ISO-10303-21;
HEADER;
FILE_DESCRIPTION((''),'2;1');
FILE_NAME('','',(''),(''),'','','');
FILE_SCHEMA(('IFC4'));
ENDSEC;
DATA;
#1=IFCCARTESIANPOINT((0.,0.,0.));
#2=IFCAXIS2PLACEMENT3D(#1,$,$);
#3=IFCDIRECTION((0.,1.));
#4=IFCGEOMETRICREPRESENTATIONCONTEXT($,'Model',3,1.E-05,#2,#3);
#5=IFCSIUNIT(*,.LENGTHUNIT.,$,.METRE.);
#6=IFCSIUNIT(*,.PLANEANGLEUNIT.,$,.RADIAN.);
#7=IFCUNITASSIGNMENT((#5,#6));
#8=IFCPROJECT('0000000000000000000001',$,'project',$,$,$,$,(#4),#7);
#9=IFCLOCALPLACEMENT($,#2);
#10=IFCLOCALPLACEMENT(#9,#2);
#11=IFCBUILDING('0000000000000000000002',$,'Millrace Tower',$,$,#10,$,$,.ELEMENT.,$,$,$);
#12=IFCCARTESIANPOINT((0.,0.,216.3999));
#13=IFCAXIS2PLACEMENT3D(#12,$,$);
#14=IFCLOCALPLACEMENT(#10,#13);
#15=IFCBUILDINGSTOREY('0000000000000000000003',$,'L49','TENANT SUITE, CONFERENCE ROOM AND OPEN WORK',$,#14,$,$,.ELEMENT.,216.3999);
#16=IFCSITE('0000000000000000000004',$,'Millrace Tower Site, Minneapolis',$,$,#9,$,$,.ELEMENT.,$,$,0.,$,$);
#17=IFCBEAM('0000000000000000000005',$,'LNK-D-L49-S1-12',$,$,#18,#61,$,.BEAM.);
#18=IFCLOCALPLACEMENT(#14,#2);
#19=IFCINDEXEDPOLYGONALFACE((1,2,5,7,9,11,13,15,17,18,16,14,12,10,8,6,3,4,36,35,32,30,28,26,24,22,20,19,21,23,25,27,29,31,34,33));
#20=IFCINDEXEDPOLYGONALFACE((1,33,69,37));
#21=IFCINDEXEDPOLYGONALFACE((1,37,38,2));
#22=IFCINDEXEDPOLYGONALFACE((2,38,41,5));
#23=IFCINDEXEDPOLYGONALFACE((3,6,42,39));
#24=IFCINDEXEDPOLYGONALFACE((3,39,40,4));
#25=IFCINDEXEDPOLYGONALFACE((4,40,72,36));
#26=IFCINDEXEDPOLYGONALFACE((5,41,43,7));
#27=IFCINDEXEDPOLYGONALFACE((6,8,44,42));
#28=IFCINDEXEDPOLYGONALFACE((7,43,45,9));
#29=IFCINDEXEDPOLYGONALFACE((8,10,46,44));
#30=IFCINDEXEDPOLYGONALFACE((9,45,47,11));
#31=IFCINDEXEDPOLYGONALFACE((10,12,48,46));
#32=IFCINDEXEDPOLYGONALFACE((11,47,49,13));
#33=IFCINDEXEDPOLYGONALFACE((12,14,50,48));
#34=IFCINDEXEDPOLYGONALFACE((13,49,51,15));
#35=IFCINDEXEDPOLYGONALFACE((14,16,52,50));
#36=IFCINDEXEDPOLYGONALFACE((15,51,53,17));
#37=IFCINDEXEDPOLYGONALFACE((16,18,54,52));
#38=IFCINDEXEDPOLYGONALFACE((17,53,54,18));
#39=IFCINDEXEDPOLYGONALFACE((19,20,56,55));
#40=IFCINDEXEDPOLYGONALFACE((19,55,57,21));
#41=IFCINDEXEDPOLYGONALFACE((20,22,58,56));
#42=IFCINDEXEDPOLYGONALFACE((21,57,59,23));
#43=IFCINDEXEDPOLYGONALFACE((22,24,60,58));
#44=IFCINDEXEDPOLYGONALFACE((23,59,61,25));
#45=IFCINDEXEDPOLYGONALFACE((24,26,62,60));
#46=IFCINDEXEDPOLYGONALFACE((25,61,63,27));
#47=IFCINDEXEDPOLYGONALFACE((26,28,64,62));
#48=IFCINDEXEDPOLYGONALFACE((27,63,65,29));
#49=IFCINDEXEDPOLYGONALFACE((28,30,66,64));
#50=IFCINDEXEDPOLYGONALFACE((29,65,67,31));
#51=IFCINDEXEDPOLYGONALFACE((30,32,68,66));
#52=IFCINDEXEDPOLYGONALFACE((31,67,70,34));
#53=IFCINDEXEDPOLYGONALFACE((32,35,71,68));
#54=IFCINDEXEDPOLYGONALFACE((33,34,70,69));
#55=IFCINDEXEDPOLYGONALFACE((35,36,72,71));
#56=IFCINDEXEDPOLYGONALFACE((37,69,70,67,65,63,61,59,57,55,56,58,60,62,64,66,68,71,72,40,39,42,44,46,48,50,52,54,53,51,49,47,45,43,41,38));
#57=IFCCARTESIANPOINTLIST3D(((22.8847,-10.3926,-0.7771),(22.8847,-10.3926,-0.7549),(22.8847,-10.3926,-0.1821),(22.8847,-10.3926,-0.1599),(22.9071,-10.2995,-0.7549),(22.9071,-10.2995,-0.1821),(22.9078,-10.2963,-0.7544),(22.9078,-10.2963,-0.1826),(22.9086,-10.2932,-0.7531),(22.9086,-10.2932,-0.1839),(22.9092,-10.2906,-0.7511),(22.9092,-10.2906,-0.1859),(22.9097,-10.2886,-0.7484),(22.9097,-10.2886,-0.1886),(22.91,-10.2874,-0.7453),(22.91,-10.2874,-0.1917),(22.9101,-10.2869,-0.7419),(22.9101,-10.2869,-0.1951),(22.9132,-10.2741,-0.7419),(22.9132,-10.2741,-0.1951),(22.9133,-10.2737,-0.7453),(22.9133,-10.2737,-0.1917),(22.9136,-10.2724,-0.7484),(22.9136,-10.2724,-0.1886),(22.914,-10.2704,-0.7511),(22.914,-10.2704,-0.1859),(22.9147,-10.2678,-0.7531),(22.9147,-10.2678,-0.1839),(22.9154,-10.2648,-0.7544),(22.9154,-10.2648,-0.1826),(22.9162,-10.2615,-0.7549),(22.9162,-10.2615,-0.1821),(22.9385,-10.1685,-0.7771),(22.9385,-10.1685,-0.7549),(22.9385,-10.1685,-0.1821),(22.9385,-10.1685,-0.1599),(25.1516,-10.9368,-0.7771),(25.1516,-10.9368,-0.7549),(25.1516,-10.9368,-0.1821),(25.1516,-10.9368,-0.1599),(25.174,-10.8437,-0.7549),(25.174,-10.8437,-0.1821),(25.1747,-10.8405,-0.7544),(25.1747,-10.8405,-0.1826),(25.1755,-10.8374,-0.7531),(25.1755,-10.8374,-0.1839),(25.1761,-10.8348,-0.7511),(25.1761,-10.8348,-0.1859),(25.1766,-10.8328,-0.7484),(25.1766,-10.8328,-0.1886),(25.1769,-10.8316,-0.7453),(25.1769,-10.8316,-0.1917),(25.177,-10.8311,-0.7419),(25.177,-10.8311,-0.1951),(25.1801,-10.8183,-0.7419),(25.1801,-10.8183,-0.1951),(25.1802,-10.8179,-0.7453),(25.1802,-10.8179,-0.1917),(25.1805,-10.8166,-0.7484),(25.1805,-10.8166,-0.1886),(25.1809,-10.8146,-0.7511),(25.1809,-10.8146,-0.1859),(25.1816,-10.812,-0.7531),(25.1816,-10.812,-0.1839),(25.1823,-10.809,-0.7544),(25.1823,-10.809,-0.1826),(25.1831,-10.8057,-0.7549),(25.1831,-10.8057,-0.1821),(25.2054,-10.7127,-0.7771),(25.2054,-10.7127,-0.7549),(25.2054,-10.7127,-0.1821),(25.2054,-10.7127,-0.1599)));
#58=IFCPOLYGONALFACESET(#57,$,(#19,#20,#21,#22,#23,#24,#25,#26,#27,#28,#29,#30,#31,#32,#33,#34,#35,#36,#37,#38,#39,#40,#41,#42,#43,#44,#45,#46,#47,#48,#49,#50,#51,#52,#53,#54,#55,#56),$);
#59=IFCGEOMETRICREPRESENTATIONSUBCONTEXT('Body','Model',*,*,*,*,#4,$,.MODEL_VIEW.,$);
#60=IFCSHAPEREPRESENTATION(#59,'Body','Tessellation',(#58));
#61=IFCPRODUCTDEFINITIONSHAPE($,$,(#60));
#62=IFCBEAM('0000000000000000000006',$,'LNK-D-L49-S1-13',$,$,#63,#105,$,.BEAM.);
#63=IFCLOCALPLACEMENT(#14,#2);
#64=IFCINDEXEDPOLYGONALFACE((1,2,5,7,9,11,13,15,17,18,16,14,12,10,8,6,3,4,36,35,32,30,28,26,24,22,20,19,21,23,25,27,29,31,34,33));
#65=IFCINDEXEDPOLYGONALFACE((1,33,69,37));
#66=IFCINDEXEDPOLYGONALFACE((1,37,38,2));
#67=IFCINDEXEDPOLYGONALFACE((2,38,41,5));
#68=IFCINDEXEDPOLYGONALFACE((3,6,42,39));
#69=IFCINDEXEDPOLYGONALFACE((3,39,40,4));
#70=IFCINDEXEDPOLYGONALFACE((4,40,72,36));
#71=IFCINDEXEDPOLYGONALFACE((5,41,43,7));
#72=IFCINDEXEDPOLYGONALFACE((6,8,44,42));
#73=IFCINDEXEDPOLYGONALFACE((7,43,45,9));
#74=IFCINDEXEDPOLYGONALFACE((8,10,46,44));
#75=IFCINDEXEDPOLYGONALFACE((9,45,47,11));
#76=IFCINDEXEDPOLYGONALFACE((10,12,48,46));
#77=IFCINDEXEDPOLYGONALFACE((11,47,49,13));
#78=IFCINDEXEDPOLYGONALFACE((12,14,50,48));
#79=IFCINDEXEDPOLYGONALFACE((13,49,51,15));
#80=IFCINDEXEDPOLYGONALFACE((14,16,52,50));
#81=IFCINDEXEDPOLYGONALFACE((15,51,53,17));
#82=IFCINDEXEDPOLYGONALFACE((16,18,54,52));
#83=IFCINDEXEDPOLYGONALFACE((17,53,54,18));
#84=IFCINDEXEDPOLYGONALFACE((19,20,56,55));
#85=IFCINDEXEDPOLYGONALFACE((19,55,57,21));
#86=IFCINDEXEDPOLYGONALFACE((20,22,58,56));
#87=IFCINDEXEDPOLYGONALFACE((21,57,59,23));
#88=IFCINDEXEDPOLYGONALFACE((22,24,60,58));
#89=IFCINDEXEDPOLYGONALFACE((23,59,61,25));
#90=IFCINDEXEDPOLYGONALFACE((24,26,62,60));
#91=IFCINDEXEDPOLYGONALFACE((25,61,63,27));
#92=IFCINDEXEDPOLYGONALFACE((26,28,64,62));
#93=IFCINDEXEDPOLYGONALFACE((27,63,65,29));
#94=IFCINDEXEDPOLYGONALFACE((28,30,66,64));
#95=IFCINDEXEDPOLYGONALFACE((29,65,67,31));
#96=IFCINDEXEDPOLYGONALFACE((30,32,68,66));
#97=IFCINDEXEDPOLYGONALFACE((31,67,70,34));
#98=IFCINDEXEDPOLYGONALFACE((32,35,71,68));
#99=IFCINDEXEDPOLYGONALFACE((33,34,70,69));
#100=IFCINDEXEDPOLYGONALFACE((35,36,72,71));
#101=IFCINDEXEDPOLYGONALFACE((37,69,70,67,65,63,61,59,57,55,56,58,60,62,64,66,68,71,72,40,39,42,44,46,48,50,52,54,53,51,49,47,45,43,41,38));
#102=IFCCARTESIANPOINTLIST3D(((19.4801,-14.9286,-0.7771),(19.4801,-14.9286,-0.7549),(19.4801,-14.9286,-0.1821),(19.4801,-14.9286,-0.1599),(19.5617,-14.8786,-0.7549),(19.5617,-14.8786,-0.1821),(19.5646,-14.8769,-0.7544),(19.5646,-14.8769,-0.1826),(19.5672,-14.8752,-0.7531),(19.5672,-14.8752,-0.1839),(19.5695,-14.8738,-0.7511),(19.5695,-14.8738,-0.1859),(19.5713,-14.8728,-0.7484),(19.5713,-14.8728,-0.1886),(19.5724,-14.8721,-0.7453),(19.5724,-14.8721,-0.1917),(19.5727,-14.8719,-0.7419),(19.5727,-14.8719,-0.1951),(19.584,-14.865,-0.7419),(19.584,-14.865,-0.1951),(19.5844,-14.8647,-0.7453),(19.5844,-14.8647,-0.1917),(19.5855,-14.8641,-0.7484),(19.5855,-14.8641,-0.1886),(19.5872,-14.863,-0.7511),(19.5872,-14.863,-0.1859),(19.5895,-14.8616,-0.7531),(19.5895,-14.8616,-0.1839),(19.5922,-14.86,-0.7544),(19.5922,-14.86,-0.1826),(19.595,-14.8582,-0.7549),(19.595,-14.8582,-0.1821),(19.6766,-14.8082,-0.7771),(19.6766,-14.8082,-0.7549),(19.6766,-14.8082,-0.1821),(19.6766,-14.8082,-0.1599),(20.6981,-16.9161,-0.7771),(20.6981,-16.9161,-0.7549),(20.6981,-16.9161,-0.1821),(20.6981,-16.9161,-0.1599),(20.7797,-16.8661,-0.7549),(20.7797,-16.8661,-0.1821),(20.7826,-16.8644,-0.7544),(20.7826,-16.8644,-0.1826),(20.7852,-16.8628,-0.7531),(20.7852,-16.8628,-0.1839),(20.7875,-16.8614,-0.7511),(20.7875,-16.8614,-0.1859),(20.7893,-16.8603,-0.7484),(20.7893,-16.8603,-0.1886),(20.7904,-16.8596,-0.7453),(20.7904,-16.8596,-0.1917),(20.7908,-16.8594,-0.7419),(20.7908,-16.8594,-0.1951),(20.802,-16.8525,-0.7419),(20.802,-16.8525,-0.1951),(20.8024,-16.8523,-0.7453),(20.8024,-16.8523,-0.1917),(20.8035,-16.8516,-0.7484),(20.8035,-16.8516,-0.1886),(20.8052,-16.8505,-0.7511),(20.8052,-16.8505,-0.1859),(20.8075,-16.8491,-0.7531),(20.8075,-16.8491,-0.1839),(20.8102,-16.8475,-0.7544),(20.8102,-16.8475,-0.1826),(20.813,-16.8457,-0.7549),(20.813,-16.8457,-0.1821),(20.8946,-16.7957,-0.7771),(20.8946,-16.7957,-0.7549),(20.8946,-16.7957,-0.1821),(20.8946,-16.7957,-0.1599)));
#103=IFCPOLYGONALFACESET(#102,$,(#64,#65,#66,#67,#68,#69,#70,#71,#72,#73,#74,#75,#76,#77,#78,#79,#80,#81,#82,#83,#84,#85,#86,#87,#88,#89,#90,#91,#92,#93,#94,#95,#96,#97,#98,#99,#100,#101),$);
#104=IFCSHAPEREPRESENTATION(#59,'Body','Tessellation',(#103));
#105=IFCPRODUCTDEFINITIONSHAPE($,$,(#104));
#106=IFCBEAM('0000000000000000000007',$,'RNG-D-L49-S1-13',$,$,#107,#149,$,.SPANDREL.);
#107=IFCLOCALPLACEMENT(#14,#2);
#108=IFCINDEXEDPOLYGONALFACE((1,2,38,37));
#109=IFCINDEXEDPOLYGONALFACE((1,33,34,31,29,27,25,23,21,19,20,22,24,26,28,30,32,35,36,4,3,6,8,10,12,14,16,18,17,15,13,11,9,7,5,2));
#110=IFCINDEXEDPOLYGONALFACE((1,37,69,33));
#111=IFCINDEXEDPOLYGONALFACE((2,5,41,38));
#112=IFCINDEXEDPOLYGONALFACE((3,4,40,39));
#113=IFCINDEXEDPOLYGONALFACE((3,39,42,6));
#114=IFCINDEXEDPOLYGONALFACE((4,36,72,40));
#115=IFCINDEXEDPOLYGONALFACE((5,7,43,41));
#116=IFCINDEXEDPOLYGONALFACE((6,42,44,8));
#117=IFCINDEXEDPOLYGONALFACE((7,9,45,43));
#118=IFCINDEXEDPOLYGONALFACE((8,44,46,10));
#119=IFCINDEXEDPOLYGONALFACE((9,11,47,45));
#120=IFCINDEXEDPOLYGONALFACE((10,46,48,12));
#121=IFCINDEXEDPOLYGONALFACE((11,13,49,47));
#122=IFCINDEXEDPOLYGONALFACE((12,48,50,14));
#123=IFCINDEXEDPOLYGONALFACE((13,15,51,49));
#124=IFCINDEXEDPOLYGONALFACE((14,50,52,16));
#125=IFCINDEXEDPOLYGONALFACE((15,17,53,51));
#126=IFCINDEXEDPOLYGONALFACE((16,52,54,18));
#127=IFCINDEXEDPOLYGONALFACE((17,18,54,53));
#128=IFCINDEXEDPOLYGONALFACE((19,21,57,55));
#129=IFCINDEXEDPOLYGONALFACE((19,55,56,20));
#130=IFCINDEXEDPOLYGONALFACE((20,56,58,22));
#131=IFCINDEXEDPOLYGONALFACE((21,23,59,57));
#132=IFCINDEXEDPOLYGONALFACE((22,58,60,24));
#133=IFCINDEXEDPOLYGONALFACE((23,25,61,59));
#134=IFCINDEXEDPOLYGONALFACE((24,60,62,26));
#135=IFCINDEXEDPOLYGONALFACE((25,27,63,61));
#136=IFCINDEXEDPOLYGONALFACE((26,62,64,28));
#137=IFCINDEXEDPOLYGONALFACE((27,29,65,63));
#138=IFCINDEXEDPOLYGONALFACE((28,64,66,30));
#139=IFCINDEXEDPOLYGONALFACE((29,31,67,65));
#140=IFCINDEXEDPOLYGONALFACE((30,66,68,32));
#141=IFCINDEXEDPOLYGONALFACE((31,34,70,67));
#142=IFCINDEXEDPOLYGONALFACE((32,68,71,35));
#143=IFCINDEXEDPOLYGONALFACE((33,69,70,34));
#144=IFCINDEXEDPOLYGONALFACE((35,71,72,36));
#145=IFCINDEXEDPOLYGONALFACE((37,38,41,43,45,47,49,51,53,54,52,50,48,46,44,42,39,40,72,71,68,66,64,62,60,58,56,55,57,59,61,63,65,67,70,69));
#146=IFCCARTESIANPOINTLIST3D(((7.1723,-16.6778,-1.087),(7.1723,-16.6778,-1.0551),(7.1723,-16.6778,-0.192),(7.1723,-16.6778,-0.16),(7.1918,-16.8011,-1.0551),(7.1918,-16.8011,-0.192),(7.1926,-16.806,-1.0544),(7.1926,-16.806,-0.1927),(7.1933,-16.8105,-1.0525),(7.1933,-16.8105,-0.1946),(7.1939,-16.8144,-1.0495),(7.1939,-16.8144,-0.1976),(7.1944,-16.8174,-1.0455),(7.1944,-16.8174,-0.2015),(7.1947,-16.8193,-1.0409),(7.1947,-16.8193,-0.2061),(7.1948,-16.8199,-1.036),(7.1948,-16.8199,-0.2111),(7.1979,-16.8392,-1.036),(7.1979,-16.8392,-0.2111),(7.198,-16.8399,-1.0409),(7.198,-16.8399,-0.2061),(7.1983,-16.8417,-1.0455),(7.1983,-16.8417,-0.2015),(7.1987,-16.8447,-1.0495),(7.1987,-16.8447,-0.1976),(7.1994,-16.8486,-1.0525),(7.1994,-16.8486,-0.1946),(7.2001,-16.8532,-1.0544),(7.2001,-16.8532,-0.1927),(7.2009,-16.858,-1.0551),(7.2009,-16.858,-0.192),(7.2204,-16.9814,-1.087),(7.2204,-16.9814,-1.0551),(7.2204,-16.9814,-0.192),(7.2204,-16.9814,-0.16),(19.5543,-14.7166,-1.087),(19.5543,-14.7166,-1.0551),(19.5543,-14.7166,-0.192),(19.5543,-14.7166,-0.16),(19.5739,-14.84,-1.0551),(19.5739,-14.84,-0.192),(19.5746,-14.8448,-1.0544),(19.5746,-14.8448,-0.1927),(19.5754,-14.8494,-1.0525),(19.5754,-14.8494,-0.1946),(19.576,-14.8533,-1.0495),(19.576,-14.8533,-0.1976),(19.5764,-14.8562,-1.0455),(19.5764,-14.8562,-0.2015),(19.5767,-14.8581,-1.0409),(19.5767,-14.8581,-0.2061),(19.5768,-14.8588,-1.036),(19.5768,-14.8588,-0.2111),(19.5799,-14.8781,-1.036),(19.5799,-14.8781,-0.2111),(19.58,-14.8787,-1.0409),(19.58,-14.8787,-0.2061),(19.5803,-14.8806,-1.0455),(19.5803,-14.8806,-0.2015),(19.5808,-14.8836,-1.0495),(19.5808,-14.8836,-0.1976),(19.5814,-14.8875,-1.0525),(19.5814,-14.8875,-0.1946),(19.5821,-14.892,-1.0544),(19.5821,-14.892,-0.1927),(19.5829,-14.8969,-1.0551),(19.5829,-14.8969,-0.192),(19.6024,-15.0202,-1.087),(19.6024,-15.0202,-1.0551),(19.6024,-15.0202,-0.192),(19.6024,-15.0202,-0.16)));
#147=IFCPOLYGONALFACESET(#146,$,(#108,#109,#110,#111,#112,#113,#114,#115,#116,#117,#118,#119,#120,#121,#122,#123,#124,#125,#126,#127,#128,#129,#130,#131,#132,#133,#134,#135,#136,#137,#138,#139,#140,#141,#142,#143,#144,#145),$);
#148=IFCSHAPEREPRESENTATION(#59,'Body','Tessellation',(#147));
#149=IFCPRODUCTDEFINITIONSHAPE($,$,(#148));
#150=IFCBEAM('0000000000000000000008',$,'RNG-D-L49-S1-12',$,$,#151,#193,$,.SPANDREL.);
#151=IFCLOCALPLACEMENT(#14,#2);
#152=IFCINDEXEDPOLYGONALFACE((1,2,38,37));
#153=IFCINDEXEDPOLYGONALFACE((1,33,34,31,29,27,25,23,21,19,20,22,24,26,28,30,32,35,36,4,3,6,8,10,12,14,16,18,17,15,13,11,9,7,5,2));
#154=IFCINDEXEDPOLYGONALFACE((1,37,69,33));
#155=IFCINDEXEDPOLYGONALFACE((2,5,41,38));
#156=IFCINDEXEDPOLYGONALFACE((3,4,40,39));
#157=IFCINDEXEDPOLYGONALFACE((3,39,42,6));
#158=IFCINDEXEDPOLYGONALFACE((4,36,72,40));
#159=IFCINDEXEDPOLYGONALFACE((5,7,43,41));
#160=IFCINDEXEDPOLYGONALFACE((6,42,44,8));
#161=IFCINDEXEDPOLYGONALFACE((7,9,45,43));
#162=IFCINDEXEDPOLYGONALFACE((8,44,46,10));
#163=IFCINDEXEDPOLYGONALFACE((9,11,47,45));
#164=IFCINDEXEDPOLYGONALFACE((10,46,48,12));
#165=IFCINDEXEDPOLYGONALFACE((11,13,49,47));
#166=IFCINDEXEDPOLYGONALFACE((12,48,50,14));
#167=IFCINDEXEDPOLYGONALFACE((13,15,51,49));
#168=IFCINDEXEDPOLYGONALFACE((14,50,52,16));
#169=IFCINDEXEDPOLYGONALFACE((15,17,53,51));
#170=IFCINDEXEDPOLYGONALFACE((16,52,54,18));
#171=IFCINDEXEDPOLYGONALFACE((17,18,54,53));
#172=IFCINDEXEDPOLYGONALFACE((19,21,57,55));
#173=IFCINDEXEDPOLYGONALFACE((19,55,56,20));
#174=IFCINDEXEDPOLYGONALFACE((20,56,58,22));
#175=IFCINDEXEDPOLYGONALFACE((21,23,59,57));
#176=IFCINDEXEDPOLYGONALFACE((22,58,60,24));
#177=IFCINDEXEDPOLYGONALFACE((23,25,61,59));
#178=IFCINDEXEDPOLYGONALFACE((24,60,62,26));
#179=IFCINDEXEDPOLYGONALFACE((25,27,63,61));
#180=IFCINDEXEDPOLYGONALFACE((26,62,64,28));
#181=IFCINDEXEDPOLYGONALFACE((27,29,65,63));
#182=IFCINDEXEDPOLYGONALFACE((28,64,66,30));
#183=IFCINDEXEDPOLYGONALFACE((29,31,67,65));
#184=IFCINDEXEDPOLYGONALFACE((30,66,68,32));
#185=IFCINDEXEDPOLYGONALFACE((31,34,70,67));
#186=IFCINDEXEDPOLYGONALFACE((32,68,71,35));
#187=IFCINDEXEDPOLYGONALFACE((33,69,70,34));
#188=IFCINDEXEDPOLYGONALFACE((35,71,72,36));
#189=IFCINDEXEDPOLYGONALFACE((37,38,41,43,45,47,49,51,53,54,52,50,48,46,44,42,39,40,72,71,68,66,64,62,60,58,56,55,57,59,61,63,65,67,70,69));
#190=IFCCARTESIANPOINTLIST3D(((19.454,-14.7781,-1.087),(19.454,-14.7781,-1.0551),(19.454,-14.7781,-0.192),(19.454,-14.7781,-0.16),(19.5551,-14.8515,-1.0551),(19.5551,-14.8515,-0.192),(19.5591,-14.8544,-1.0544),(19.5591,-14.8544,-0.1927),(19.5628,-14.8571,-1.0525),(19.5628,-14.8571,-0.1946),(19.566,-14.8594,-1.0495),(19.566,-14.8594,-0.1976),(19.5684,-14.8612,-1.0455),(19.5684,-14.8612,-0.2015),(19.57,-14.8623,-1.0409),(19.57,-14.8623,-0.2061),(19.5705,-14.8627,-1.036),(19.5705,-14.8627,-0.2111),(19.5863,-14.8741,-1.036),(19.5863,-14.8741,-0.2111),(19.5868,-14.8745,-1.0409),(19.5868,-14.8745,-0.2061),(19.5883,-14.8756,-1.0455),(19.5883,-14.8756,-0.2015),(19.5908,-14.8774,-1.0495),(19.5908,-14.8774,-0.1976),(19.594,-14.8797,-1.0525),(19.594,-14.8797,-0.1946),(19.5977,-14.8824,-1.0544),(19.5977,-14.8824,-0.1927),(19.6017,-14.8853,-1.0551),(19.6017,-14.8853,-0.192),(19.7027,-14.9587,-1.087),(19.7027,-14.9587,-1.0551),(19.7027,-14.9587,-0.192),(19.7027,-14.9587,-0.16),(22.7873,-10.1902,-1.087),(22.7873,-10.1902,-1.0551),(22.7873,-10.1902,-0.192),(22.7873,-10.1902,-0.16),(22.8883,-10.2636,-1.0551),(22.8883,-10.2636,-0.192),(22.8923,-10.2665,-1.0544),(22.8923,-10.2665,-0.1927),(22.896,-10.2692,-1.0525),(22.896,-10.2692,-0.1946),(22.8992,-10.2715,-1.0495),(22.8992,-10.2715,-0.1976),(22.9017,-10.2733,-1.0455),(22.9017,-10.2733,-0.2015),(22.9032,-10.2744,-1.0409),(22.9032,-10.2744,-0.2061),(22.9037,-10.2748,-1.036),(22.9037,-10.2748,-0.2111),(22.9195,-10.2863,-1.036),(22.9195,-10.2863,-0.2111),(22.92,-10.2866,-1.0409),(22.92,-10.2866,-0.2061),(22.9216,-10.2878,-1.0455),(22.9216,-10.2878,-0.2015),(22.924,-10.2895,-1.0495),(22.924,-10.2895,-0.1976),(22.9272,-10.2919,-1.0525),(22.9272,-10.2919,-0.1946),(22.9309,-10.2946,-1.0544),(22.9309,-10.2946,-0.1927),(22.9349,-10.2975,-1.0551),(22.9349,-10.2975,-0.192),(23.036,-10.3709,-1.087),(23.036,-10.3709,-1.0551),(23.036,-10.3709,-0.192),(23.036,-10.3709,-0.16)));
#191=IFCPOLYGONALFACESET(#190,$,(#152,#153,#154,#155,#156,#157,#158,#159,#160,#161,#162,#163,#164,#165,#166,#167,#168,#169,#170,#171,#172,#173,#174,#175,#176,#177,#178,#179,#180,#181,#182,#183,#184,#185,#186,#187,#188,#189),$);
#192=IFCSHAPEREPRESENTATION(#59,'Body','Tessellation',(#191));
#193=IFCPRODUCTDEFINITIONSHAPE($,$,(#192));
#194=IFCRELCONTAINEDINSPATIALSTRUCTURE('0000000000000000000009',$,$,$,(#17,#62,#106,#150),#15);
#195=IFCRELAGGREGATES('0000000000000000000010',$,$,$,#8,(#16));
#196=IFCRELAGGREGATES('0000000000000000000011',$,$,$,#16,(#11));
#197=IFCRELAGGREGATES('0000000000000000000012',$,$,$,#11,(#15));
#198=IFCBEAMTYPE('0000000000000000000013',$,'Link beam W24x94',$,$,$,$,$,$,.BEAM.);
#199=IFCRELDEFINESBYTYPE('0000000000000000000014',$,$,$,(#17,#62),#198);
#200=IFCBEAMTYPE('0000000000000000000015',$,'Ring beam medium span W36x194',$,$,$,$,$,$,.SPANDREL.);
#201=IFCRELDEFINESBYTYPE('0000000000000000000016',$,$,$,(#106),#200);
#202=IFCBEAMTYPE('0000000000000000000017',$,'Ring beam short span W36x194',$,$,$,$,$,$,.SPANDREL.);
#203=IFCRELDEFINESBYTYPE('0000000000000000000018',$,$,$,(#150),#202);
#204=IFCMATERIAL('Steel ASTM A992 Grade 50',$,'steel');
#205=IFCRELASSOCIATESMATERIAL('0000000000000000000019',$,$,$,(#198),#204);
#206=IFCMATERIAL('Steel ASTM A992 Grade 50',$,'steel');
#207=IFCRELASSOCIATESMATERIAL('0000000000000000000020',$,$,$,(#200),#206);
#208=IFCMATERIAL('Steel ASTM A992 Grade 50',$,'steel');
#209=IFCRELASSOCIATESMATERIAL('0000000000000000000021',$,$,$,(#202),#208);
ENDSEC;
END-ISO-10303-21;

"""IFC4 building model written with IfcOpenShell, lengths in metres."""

from ifc_helpers import new_model, si_unit, direction, frame, origin, origin_2d, place, context, subcontext, project, spatial, i_section, extrude, material, material_profile, profile_set, type_object, element, save


model = new_model("IFC4")

# Units and contexts
model_context = context("Model", 3, precision=1e-05, world=origin(), true_north=direction((0.0, 1.0)))
body_context = subcontext(model_context, "Body", "Model", "MODEL_VIEW")
ifc_project = project(units=[si_unit("LENGTHUNIT", "METRE"), si_unit("PLANEANGLEUNIT", "RADIAN")], contexts=[model_context])

# Site, building, storey
site_placement = place(None, origin())
site = spatial("IfcSite", under=ifc_project, at=site_placement, Name="Millrace Tower Site, Minneapolis", CompositionType="ELEMENT", RefElevation=0.0)
building_placement = place(site_placement, origin())
building = spatial("IfcBuilding", under=site, at=building_placement, Name="Millrace Tower", CompositionType="ELEMENT")
storey_placement = place(building_placement, frame((0.0, 0.0, 216.3999)))
storey = spatial("IfcBuildingStorey", under=building, at=storey_placement, Name="L49", Description="TENANT SUITE, CONFERENCE ROOM AND OPEN WORK", CompositionType="ELEMENT", Elevation=216.3999)

# Beams
ifc_material_1 = material(Name="Steel ASTM A992 Grade 50", Category="steel")
ifc_material_profile_1 = material_profile(ifc_material_1, i_section(OverallWidth=0.2305, OverallDepth=0.6172, WebThickness=0.0132, FlangeThickness=0.0222, FilletRadius=0.0129, at=origin_2d()))
ifc_profile_set_1 = profile_set([ifc_material_profile_1], Name="Steel ASTM A992 Grade 50")
beam_type_1 = type_object("IfcBeamType", Name="Link beam W24x94", PredefinedType="BEAM", material=ifc_profile_set_1)
beam_1_placement = place(storey_placement, frame((22.9116, -10.2805, -0.4685), z_axis=(0.972373, -0.233432, 0.0), x_axis=(0.233432, 0.972373, 0.0)))
element("IfcBeam", 1, at=beam_1_placement, inside=storey, type_object=beam_type_1, Name="LNK-D-L49-S1-12", PredefinedType="BEAM", context=body_context, shape_type="SweptSolid", body=[
    extrude(i_section(OverallWidth=0.2305, OverallDepth=0.6172, WebThickness=0.0132, FlangeThickness=0.0222, FilletRadius=0.0129, at=origin_2d()), origin(), (0.0, 0.0, 1.0), 2.3313),
])
beam_2_placement = place(storey_placement, frame((19.5784, -14.8684, -0.4685), z_axis=(0.522513, -0.852631, 0.0), x_axis=(0.852631, 0.522513, 0.0)))
element("IfcBeam", 2, at=beam_2_placement, inside=storey, type_object=beam_type_1, Name="LNK-D-L49-S1-13", PredefinedType="BEAM", context=body_context, shape_type="SweptSolid", body=[
    extrude(i_section(OverallWidth=0.2305, OverallDepth=0.6172, WebThickness=0.0132, FlangeThickness=0.0222, FilletRadius=0.0129, at=origin_2d()), origin(), (0.0, 0.0, 1.0), 2.3311),
])
ifc_material_2 = material(Name="Steel ASTM A992 Grade 50", Category="steel")
ifc_material_profile_2 = material_profile(ifc_material_2, i_section(OverallWidth=0.3074, OverallDepth=0.927, WebThickness=0.0195, FlangeThickness=0.032, FilletRadius=0.019, at=origin_2d()))
ifc_profile_set_2 = profile_set([ifc_material_profile_2], Name="Steel ASTM A992 Grade 50")
beam_type_2 = type_object("IfcBeamType", Name="Ring beam medium span W36x194", PredefinedType="SPANDREL", material=ifc_profile_set_2)
beam_3_placement = place(storey_placement, frame((19.5784, -14.8684, -0.6235), z_axis=(-0.987688, -0.156439, 0.0), x_axis=(0.156439, -0.987688, 0.0)))
element("IfcBeam", 3, at=beam_3_placement, inside=storey, type_object=beam_type_2, Name="RNG-D-L49-S1-13", PredefinedType="SPANDREL", context=body_context, shape_type="SweptSolid", body=[
    extrude(i_section(OverallWidth=0.3074, OverallDepth=0.927, WebThickness=0.0195, FlangeThickness=0.032, FilletRadius=0.019, at=origin_2d()), origin(), (0.0, 0.0, 1.0), 12.5364),
])
ifc_material_3 = material(Name="Steel ASTM A992 Grade 50", Category="steel")
ifc_material_profile_3 = material_profile(ifc_material_3, i_section(OverallWidth=0.3074, OverallDepth=0.927, WebThickness=0.0195, FlangeThickness=0.032, FilletRadius=0.019, at=origin_2d()))
ifc_profile_set_3 = profile_set([ifc_material_profile_3], Name="Steel ASTM A992 Grade 50")
beam_type_3 = type_object("IfcBeamType", Name="Ring beam short span W36x194", PredefinedType="SPANDREL", material=ifc_profile_set_3)
beam_4_placement = place(storey_placement, frame((22.9116, -10.2805, -0.6235), z_axis=(-0.58778, -0.809021, 0.0), x_axis=(0.809021, -0.58778, 0.0)))
element("IfcBeam", 4, at=beam_4_placement, inside=storey, type_object=beam_type_3, Name="RNG-D-L49-S1-12", PredefinedType="SPANDREL", context=body_context, shape_type="SweptSolid", body=[
    extrude(i_section(OverallWidth=0.3074, OverallDepth=0.927, WebThickness=0.0195, FlangeThickness=0.032, FilletRadius=0.019, at=origin_2d()), origin(), (0.0, 0.0, 1.0), 5.6709),
])

save(model, "model.ifc")
